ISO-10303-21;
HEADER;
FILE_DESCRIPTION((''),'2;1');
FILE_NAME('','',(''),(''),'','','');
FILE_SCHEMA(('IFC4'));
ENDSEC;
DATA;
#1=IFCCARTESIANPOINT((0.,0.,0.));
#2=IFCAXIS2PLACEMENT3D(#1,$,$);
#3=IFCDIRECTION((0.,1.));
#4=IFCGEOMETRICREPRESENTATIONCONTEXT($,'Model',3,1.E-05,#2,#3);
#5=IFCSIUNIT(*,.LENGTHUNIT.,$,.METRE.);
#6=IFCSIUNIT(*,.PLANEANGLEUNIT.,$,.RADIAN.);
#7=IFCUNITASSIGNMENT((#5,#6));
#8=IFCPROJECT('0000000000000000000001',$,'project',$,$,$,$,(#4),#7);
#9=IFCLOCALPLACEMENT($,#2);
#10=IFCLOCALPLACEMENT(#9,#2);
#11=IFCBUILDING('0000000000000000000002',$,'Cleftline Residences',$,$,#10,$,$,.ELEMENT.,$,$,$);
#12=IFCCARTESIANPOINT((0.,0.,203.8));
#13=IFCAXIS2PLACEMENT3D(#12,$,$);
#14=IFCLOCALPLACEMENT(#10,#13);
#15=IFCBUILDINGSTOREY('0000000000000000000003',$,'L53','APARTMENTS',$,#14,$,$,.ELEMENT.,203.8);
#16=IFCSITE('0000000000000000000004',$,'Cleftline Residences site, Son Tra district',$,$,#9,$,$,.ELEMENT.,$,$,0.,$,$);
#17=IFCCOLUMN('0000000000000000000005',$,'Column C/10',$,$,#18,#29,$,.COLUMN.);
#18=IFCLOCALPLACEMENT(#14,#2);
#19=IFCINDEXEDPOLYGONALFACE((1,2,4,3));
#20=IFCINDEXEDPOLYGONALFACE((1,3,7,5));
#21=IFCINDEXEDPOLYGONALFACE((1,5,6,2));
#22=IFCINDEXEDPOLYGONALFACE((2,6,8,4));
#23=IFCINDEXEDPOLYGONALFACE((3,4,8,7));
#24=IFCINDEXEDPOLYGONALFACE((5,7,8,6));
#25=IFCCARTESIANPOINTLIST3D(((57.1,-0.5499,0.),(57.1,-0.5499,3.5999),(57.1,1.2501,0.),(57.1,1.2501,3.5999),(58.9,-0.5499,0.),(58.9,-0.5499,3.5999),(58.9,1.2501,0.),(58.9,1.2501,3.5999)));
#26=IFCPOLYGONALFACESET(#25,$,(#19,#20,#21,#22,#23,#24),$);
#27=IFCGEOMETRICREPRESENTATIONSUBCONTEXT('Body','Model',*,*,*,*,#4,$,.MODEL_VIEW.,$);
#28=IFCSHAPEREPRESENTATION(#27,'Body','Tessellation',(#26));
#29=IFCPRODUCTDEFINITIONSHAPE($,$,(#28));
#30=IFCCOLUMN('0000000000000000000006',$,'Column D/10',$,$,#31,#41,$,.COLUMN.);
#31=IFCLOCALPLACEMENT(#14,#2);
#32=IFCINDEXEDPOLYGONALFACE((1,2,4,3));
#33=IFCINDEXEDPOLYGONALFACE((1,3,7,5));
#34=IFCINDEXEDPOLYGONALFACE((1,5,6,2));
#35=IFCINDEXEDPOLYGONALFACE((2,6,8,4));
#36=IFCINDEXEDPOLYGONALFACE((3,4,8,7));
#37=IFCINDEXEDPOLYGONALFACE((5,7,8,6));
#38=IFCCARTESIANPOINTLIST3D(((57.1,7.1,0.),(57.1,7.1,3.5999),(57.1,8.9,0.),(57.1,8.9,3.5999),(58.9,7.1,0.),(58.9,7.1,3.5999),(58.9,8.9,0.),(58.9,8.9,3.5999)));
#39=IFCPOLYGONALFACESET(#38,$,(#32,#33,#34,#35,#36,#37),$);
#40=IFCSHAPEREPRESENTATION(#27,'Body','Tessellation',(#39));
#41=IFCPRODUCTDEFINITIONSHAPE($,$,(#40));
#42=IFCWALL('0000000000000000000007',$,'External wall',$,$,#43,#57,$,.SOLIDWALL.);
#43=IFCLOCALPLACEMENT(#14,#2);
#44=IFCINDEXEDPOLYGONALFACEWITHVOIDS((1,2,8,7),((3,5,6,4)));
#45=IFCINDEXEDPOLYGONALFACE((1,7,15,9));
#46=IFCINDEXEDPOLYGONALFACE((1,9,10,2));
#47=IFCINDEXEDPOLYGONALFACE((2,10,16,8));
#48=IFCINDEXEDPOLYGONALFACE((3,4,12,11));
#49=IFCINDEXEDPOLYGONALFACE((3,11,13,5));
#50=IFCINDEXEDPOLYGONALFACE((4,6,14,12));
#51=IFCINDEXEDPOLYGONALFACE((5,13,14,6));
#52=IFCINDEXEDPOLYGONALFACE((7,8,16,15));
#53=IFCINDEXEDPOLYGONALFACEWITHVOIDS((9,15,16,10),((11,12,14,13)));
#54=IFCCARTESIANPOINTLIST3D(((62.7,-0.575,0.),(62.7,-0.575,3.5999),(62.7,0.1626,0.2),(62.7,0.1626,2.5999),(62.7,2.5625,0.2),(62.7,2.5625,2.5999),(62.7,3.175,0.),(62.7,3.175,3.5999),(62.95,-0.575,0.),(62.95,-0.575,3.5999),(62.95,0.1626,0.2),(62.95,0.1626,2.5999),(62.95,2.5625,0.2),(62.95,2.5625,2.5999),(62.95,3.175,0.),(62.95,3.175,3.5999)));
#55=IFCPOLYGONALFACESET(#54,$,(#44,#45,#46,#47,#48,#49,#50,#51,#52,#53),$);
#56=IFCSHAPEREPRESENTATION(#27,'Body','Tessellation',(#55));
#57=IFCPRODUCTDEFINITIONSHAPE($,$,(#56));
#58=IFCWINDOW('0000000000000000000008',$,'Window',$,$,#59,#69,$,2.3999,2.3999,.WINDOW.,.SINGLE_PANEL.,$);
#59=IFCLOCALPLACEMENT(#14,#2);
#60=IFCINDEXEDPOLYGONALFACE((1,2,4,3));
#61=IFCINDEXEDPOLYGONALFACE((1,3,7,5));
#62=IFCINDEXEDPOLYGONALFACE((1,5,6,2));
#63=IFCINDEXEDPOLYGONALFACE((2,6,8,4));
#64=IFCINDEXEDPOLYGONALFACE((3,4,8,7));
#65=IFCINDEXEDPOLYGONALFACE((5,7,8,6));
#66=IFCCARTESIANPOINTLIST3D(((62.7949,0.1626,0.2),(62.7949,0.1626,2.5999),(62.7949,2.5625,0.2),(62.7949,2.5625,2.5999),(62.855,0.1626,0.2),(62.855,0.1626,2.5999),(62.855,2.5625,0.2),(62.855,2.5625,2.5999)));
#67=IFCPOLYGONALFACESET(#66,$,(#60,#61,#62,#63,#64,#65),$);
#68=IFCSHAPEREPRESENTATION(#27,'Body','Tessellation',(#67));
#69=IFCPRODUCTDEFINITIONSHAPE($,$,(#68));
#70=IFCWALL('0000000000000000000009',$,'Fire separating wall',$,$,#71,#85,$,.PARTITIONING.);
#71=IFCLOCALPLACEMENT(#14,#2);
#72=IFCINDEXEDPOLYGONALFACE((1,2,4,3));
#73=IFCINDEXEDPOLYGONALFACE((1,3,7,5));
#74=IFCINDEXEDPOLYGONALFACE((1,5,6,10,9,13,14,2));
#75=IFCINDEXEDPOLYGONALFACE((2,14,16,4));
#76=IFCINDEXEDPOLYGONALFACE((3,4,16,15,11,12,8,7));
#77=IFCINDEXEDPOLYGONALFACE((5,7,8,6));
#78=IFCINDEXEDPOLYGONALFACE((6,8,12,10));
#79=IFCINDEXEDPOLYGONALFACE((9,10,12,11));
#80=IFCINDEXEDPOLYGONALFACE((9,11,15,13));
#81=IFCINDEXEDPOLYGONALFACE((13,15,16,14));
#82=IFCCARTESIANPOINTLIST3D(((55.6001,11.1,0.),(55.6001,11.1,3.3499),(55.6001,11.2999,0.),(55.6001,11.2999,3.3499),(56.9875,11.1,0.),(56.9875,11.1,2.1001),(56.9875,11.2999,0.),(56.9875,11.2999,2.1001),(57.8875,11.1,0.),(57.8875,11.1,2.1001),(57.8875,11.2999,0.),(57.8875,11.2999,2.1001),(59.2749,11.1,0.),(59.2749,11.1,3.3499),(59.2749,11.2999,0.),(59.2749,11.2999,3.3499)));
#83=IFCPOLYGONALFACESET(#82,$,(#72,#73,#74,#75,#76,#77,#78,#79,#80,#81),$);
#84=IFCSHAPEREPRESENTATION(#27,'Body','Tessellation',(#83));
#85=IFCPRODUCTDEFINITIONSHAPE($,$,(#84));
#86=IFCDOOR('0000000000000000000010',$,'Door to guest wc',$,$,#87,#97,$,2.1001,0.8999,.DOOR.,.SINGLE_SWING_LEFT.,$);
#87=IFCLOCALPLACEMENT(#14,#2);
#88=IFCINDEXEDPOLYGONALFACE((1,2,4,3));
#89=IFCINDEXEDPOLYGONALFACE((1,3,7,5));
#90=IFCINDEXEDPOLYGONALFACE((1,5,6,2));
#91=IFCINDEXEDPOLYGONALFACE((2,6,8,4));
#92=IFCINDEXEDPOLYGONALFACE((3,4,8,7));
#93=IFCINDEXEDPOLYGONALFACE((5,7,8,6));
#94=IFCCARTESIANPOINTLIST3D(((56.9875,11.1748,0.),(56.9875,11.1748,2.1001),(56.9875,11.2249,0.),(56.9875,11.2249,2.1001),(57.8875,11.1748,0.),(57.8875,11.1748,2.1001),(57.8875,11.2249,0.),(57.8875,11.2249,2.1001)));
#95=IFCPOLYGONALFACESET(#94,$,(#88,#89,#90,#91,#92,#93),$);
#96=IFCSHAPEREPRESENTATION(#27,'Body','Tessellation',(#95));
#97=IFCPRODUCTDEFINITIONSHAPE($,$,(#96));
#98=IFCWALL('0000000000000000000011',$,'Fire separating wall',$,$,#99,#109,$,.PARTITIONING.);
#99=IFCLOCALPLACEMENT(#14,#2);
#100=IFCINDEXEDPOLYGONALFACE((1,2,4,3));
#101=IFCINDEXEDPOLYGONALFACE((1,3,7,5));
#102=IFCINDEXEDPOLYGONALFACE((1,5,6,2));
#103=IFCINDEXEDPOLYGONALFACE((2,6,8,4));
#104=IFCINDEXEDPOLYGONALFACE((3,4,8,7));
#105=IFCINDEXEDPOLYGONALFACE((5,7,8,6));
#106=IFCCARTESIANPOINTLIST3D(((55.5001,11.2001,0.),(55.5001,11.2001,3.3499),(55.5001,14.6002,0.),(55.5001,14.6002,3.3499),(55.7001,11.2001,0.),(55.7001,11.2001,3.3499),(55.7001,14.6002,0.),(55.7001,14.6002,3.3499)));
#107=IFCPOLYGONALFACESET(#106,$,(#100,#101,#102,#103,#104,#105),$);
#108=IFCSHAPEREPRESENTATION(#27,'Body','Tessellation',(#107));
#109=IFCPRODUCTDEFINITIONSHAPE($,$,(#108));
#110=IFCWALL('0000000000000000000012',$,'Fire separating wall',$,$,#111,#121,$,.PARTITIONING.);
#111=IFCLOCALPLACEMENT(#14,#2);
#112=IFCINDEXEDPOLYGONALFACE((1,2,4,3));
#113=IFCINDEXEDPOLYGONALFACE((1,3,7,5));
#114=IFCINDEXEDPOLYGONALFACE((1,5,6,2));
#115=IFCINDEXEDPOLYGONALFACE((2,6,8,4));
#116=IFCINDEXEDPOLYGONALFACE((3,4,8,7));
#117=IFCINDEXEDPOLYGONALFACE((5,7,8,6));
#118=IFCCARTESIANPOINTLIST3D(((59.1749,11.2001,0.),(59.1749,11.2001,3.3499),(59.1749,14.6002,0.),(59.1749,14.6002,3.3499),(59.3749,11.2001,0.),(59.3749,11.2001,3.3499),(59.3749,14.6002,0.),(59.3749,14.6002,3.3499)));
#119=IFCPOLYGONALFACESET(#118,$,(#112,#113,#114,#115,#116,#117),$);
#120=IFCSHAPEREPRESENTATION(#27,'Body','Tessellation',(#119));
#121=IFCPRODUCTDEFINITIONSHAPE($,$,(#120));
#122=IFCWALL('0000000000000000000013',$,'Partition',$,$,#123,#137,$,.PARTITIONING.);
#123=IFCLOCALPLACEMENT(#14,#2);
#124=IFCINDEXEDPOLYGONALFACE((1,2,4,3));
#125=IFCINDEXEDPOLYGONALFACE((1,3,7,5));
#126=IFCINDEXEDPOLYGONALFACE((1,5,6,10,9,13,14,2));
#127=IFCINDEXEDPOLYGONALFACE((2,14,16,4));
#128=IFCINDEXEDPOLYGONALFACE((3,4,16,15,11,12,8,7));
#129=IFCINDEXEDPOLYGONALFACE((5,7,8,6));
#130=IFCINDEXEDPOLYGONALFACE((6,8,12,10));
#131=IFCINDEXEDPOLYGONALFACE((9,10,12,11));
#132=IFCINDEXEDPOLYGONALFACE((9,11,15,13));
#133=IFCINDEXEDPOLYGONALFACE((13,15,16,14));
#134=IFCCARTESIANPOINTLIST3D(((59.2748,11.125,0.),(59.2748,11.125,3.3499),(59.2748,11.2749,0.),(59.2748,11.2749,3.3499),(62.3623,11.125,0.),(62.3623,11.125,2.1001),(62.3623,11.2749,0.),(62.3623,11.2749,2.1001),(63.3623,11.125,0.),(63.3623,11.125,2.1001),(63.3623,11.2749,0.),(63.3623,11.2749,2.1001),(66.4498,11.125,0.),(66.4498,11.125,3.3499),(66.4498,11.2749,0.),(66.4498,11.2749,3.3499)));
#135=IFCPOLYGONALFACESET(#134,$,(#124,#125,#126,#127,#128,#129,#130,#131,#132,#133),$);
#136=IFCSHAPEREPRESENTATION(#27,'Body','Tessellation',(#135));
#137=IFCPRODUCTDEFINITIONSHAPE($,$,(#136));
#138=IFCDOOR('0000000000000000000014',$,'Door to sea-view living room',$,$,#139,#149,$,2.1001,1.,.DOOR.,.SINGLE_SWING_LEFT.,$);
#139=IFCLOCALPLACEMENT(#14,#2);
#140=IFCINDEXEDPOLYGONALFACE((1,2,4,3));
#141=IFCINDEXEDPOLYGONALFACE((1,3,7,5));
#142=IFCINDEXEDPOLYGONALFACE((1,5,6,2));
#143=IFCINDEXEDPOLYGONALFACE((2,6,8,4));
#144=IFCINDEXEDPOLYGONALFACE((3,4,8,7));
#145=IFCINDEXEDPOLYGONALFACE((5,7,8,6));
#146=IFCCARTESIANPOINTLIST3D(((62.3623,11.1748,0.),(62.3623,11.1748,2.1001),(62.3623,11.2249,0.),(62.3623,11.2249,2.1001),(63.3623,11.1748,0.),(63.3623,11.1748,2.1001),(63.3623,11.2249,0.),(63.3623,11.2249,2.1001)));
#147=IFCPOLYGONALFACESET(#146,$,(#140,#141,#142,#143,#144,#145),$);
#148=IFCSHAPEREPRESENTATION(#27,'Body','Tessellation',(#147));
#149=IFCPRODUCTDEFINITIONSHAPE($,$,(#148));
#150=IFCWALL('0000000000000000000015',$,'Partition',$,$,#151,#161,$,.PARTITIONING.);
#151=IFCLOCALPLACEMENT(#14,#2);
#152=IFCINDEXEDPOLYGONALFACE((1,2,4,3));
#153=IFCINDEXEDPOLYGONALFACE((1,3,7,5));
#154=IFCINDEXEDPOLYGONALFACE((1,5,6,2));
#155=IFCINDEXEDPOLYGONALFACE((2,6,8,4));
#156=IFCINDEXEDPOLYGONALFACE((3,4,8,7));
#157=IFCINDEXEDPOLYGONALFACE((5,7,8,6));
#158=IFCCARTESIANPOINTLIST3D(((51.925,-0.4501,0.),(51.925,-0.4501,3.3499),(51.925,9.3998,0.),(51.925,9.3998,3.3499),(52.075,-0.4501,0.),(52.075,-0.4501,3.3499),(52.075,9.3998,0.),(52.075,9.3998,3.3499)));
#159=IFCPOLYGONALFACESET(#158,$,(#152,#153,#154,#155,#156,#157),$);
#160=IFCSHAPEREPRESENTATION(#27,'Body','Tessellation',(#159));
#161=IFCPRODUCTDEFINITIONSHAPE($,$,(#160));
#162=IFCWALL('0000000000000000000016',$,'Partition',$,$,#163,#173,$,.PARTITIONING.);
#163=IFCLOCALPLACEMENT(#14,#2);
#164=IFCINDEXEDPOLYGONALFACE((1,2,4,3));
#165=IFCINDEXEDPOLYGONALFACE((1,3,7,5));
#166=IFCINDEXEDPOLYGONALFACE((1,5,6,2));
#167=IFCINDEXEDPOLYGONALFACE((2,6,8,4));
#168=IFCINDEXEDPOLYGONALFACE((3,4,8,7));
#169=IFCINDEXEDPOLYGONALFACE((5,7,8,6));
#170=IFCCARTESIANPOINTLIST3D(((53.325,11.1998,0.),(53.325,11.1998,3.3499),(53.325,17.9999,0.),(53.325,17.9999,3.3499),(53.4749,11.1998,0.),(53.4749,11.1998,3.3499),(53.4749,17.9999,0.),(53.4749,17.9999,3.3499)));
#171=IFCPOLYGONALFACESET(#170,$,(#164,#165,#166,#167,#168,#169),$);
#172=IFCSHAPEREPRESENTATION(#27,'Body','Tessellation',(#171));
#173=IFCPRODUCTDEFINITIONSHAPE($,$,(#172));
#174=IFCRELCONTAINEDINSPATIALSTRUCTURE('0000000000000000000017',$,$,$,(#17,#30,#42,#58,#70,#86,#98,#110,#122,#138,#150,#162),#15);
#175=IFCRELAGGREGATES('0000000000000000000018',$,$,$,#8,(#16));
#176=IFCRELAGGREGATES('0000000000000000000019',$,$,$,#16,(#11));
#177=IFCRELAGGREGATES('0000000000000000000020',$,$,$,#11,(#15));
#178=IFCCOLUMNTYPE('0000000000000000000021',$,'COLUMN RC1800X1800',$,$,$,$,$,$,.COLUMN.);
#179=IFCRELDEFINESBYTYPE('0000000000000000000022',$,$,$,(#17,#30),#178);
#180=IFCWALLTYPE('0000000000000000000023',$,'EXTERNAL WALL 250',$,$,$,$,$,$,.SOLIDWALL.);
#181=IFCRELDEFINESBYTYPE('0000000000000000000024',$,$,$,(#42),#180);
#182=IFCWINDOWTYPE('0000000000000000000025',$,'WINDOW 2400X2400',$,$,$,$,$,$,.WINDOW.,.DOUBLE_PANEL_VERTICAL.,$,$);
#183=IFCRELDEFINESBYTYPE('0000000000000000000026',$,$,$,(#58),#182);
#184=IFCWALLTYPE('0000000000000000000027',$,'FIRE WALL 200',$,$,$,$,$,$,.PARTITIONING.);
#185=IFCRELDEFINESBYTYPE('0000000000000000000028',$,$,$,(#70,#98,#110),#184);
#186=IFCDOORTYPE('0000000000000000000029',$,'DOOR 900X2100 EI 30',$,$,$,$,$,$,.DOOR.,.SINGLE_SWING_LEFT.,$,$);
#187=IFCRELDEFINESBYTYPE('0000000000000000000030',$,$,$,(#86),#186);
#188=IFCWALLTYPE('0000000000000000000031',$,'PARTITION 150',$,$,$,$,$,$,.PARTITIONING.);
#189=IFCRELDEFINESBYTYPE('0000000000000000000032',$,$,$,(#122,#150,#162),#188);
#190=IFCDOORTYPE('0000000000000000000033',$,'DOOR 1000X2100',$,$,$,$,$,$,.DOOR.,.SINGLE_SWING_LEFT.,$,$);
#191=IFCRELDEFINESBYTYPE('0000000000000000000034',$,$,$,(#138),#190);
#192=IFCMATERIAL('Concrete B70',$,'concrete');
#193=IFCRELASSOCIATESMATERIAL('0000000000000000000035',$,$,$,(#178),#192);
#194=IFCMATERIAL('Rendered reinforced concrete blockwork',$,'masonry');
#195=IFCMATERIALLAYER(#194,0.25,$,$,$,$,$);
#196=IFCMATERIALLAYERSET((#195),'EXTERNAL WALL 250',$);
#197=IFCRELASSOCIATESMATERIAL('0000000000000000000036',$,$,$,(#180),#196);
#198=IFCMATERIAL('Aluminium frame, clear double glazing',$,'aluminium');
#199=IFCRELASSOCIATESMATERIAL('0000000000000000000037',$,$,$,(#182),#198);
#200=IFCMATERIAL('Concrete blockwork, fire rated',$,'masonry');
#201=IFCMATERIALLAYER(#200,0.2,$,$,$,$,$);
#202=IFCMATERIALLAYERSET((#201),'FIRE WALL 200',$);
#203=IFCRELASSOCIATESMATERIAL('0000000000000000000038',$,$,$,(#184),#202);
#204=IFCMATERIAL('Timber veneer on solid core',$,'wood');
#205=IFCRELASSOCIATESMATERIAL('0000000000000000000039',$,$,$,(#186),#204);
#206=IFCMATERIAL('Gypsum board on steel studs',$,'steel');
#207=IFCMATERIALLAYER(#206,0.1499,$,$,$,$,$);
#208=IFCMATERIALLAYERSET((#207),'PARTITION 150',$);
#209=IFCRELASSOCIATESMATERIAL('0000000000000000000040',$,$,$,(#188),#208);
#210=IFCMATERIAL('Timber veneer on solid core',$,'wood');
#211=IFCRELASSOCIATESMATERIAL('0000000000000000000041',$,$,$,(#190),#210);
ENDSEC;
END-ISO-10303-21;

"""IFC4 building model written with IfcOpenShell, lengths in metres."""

from ifc_helpers import new_model, si_unit, direction, frame, frame_2d, origin, origin_2d, place, context, subcontext, project, spatial, rectangle, extrude, material, layer, layer_set, material_profile, profile_set, type_object, element, fill, save


model = new_model("IFC4")

# Units and contexts
model_context = context("Model", 3, precision=1e-05, world=origin(), true_north=direction((0.0, 1.0)))
body_context = subcontext(model_context, "Body", "Model", "MODEL_VIEW")
ifc_project = project(units=[si_unit("LENGTHUNIT", "METRE"), si_unit("PLANEANGLEUNIT", "RADIAN")], contexts=[model_context])

# Site, building, storey
site_placement = place(None, origin())
site = spatial("IfcSite", under=ifc_project, at=site_placement, Name="Cleftline Residences site, Son Tra district", CompositionType="ELEMENT", RefElevation=0.0)
building_placement = place(site_placement, origin())
building = spatial("IfcBuilding", under=site, at=building_placement, Name="Cleftline Residences", CompositionType="ELEMENT")
storey_placement = place(building_placement, frame((0.0, 0.0, 203.8)))
storey = spatial("IfcBuildingStorey", under=building, at=storey_placement, Name="L53", Description="APARTMENTS", CompositionType="ELEMENT", Elevation=203.8)

# Columns
ifc_material_1 = material(Name="Concrete B70", Category="concrete")
ifc_material_profile = material_profile(ifc_material_1, rectangle(XDim=1.8, YDim=1.8, at=origin_2d()))
ifc_profile_set = profile_set([ifc_material_profile], Name="Concrete B70")
column_type = type_object("IfcColumnType", Name="COLUMN RC1800X1800", PredefinedType="COLUMN", material=ifc_profile_set)
for number, where, z_axis, x_axis, name in (
    (1, (58.0, 0.3501, 0.0), (0.0, 0.0, 1.0), (1.0, 0.0, 0.0), "Column C/10"),
    (2, (58.0, 8.0, 0.0), (0.0, 0.0, 1.0), (1.0, 0.0, 0.0), "Column D/10"),
):
    element("IfcColumn", number, at=place(storey_placement, frame(where, z_axis=z_axis, x_axis=x_axis)), inside=storey, type_object=column_type, Name=name, PredefinedType="COLUMN", context=body_context, shape_type="SweptSolid", body=[
        extrude(rectangle(XDim=1.8, YDim=1.8, at=origin_2d()), origin(), (0.0, 0.0, 1.0), 3.5999),
    ])

# Wall, opening, window
ifc_material_2 = material(Name="Rendered reinforced concrete blockwork", Category="masonry")
ifc_layer_1 = layer(ifc_material_2, 0.25)
ifc_layer_set_1 = layer_set([ifc_layer_1], Name="EXTERNAL WALL 250")
wall_type_1 = type_object("IfcWallType", Name="EXTERNAL WALL 250", PredefinedType="SOLIDWALL", material=ifc_layer_set_1)
wall_1_placement = place(storey_placement, frame((62.825, -0.575, 0.0), z_axis=(0.0, 0.0, 1.0), x_axis=(0.0, 1.0, 0.0)))
wall_1 = element("IfcWall", 3, at=wall_1_placement, inside=storey, type_object=wall_type_1, Name="External wall", PredefinedType="SOLIDWALL", context=body_context, shape_type="SweptSolid", body=[
    extrude(rectangle(XDim=3.75, YDim=0.25, at=frame_2d((1.875, 0.0))), origin(), (0.0, 0.0, 1.0), 3.5999),
])
opening_1_placement = place(wall_1_placement, frame((0.7375, 0.0, 0.2)))
opening_1 = element("IfcOpeningElement", 4, at=opening_1_placement, cuts=wall_1, PredefinedType="OPENING", context=body_context, shape_type="SweptSolid", body=[
    extrude(rectangle(XDim=2.3999, YDim=2.3999, at=frame_2d((1.2, 1.2))), frame((0.0, 0.135, 0.0), z_axis=(0.0, -1.0, 0.0), x_axis=(1.0, 0.0, 0.0)), (0.0, 0.0, 1.0), 0.27),
])
ifc_material_3 = material(Name="Aluminium frame, clear double glazing", Category="aluminium")
window_type = type_object("IfcWindowType", Name="WINDOW 2400X2400", PartitioningType="DOUBLE_PANEL_VERTICAL", PredefinedType="WINDOW", material=ifc_material_3)
window_placement = place(opening_1_placement, origin())
window = element("IfcWindow", 5, at=window_placement, inside=storey, type_object=window_type, Name="Window", OverallHeight=2.3999, OverallWidth=2.3999, PartitioningType="SINGLE_PANEL", PredefinedType="WINDOW", context=body_context, shape_type="SweptSolid", body=[
    extrude(rectangle(XDim=2.3999, YDim=2.3999, at=frame_2d((1.2, 1.2))), frame((0.0, 0.03, 0.0), z_axis=(0.0, -1.0, 0.0), x_axis=(1.0, 0.0, 0.0)), (0.0, 0.0, 1.0), 0.0601),
])
fill(opening_1, window)

# Wall, opening, door
ifc_material_4 = material(Name="Concrete blockwork, fire rated", Category="masonry")
ifc_layer_2 = layer(ifc_material_4, 0.2)
ifc_layer_set_2 = layer_set([ifc_layer_2], Name="FIRE WALL 200")
wall_type_2 = type_object("IfcWallType", Name="FIRE WALL 200", PredefinedType="PARTITIONING", material=ifc_layer_set_2)
wall_2_placement = place(storey_placement, frame((55.6001, 11.2, 0.0), z_axis=(0.0, 0.0, 1.0), x_axis=(1.0, 0.0, 0.0)))
wall_2 = element("IfcWall", 6, at=wall_2_placement, inside=storey, type_object=wall_type_2, Name="Fire separating wall", PredefinedType="PARTITIONING", context=body_context, shape_type="SweptSolid", body=[
    extrude(rectangle(XDim=3.6748, YDim=0.2, at=frame_2d((1.8374, 0.0))), origin(), (0.0, 0.0, 1.0), 3.3499),
])
opening_2_placement = place(wall_2_placement, frame((1.3875, 0.0, 0.0)))
opening_2 = element("IfcOpeningElement", 7, at=opening_2_placement, cuts=wall_2, PredefinedType="OPENING", context=body_context, shape_type="SweptSolid", body=[
    extrude(rectangle(XDim=0.8999, YDim=2.1001, at=frame_2d((0.45, 1.05))), frame((0.0, 0.1099, 0.0), z_axis=(0.0, -1.0, 0.0), x_axis=(1.0, 0.0, 0.0)), (0.0, 0.0, 1.0), 0.22),
])
ifc_material_5 = material(Name="Timber veneer on solid core", Category="wood")
door_type_1 = type_object("IfcDoorType", Name="DOOR 900X2100 EI 30", OperationType="SINGLE_SWING_LEFT", PredefinedType="DOOR", material=ifc_material_5)
door_1_placement = place(opening_2_placement, origin())
door_1 = element("IfcDoor", 8, at=door_1_placement, inside=storey, type_object=door_type_1, Name="Door to guest wc", OperationType="SINGLE_SWING_LEFT", OverallHeight=2.1001, OverallWidth=0.8999, PredefinedType="DOOR", context=body_context, shape_type="SweptSolid", body=[
    extrude(rectangle(XDim=0.8999, YDim=2.1001, at=frame_2d((0.45, 1.05))), frame((0.0, 0.0249, 0.0), z_axis=(0.0, -1.0, 0.0), x_axis=(1.0, 0.0, 0.0)), (0.0, 0.0, 1.0), 0.05),
])
fill(opening_2, door_1)

# Walls
for number, where, z_axis, x_axis, name in (
    (9, (55.6001, 11.2, 0.0), (0.0, 0.0, 1.0), (0.0, 1.0, 0.0), "Fire separating wall"),
    (10, (59.2749, 11.2, 0.0), (0.0, 0.0, 1.0), (0.0, 1.0, 0.0), "Fire separating wall"),
):
    element("IfcWall", number, at=place(storey_placement, frame(where, z_axis=z_axis, x_axis=x_axis)), inside=storey, type_object=wall_type_2, Name=name, PredefinedType="PARTITIONING", context=body_context, shape_type="SweptSolid", body=[
        extrude(rectangle(XDim=3.4001, YDim=0.2, at=frame_2d((1.7002, 0.0))), origin(), (0.0, 0.0, 1.0), 3.3499),
    ])

# Wall, opening, door
ifc_material_6 = material(Name="Gypsum board on steel studs", Category="steel")
ifc_layer_3 = layer(ifc_material_6, 0.1499)
ifc_layer_set_3 = layer_set([ifc_layer_3], Name="PARTITION 150")
wall_type_3 = type_object("IfcWallType", Name="PARTITION 150", PredefinedType="PARTITIONING", material=ifc_layer_set_3)
wall_3_placement = place(storey_placement, frame((59.2749, 11.2, 0.0), z_axis=(0.0, 0.0, 1.0), x_axis=(1.0, 0.0, 0.0)))
wall_3 = element("IfcWall", 11, at=wall_3_placement, inside=storey, type_object=wall_type_3, Name="Partition", PredefinedType="PARTITIONING", context=body_context, shape_type="SweptSolid", body=[
    extrude(rectangle(XDim=7.175, YDim=0.1499, at=frame_2d((3.5874, 0.0))), origin(), (0.0, 0.0, 1.0), 3.3499),
])
opening_3_placement = place(wall_3_placement, frame((3.0874, 0.0, 0.0)))
opening_3 = element("IfcOpeningElement", 12, at=opening_3_placement, cuts=wall_3, PredefinedType="OPENING", context=body_context, shape_type="SweptSolid", body=[
    extrude(rectangle(XDim=1.0, YDim=2.1001, at=frame_2d((0.5, 1.05))), frame((0.0, 0.085, 0.0), z_axis=(0.0, -1.0, 0.0), x_axis=(1.0, 0.0, 0.0)), (0.0, 0.0, 1.0), 0.1699),
])
ifc_material_7 = material(Name="Timber veneer on solid core", Category="wood")
door_type_2 = type_object("IfcDoorType", Name="DOOR 1000X2100", OperationType="SINGLE_SWING_LEFT", PredefinedType="DOOR", material=ifc_material_7)
door_2_placement = place(opening_3_placement, origin())
door_2 = element("IfcDoor", 13, at=door_2_placement, inside=storey, type_object=door_type_2, Name="Door to sea-view living room", OperationType="SINGLE_SWING_LEFT", OverallHeight=2.1001, OverallWidth=1.0, PredefinedType="DOOR", context=body_context, shape_type="SweptSolid", body=[
    extrude(rectangle(XDim=1.0, YDim=2.1001, at=frame_2d((0.5, 1.05))), frame((0.0, 0.0249, 0.0), z_axis=(0.0, -1.0, 0.0), x_axis=(1.0, 0.0, 0.0)), (0.0, 0.0, 1.0), 0.05),
])
fill(opening_3, door_2)

# Walls
wall_4_placement = place(storey_placement, frame((52.0, -0.45, 0.0), z_axis=(0.0, 0.0, 1.0), x_axis=(0.0, 1.0, 0.0)))
element("IfcWall", 14, at=wall_4_placement, inside=storey, type_object=wall_type_3, Name="Partition", PredefinedType="PARTITIONING", context=body_context, shape_type="SweptSolid", body=[
    extrude(rectangle(XDim=9.8499, YDim=0.1499, at=frame_2d((4.9248, 0.0))), origin(), (0.0, 0.0, 1.0), 3.3499),
])
wall_5_placement = place(storey_placement, frame((53.3999, 11.2, 0.0), z_axis=(0.0, 0.0, 1.0), x_axis=(0.0, 1.0, 0.0)))
element("IfcWall", 15, at=wall_5_placement, inside=storey, type_object=wall_type_3, Name="Partition", PredefinedType="PARTITIONING", context=body_context, shape_type="SweptSolid", body=[
    extrude(rectangle(XDim=6.8, YDim=0.1499, at=frame_2d((3.3999, 0.0))), origin(), (0.0, 0.0, 1.0), 3.3499),
])

save(model, "model.ifc")
